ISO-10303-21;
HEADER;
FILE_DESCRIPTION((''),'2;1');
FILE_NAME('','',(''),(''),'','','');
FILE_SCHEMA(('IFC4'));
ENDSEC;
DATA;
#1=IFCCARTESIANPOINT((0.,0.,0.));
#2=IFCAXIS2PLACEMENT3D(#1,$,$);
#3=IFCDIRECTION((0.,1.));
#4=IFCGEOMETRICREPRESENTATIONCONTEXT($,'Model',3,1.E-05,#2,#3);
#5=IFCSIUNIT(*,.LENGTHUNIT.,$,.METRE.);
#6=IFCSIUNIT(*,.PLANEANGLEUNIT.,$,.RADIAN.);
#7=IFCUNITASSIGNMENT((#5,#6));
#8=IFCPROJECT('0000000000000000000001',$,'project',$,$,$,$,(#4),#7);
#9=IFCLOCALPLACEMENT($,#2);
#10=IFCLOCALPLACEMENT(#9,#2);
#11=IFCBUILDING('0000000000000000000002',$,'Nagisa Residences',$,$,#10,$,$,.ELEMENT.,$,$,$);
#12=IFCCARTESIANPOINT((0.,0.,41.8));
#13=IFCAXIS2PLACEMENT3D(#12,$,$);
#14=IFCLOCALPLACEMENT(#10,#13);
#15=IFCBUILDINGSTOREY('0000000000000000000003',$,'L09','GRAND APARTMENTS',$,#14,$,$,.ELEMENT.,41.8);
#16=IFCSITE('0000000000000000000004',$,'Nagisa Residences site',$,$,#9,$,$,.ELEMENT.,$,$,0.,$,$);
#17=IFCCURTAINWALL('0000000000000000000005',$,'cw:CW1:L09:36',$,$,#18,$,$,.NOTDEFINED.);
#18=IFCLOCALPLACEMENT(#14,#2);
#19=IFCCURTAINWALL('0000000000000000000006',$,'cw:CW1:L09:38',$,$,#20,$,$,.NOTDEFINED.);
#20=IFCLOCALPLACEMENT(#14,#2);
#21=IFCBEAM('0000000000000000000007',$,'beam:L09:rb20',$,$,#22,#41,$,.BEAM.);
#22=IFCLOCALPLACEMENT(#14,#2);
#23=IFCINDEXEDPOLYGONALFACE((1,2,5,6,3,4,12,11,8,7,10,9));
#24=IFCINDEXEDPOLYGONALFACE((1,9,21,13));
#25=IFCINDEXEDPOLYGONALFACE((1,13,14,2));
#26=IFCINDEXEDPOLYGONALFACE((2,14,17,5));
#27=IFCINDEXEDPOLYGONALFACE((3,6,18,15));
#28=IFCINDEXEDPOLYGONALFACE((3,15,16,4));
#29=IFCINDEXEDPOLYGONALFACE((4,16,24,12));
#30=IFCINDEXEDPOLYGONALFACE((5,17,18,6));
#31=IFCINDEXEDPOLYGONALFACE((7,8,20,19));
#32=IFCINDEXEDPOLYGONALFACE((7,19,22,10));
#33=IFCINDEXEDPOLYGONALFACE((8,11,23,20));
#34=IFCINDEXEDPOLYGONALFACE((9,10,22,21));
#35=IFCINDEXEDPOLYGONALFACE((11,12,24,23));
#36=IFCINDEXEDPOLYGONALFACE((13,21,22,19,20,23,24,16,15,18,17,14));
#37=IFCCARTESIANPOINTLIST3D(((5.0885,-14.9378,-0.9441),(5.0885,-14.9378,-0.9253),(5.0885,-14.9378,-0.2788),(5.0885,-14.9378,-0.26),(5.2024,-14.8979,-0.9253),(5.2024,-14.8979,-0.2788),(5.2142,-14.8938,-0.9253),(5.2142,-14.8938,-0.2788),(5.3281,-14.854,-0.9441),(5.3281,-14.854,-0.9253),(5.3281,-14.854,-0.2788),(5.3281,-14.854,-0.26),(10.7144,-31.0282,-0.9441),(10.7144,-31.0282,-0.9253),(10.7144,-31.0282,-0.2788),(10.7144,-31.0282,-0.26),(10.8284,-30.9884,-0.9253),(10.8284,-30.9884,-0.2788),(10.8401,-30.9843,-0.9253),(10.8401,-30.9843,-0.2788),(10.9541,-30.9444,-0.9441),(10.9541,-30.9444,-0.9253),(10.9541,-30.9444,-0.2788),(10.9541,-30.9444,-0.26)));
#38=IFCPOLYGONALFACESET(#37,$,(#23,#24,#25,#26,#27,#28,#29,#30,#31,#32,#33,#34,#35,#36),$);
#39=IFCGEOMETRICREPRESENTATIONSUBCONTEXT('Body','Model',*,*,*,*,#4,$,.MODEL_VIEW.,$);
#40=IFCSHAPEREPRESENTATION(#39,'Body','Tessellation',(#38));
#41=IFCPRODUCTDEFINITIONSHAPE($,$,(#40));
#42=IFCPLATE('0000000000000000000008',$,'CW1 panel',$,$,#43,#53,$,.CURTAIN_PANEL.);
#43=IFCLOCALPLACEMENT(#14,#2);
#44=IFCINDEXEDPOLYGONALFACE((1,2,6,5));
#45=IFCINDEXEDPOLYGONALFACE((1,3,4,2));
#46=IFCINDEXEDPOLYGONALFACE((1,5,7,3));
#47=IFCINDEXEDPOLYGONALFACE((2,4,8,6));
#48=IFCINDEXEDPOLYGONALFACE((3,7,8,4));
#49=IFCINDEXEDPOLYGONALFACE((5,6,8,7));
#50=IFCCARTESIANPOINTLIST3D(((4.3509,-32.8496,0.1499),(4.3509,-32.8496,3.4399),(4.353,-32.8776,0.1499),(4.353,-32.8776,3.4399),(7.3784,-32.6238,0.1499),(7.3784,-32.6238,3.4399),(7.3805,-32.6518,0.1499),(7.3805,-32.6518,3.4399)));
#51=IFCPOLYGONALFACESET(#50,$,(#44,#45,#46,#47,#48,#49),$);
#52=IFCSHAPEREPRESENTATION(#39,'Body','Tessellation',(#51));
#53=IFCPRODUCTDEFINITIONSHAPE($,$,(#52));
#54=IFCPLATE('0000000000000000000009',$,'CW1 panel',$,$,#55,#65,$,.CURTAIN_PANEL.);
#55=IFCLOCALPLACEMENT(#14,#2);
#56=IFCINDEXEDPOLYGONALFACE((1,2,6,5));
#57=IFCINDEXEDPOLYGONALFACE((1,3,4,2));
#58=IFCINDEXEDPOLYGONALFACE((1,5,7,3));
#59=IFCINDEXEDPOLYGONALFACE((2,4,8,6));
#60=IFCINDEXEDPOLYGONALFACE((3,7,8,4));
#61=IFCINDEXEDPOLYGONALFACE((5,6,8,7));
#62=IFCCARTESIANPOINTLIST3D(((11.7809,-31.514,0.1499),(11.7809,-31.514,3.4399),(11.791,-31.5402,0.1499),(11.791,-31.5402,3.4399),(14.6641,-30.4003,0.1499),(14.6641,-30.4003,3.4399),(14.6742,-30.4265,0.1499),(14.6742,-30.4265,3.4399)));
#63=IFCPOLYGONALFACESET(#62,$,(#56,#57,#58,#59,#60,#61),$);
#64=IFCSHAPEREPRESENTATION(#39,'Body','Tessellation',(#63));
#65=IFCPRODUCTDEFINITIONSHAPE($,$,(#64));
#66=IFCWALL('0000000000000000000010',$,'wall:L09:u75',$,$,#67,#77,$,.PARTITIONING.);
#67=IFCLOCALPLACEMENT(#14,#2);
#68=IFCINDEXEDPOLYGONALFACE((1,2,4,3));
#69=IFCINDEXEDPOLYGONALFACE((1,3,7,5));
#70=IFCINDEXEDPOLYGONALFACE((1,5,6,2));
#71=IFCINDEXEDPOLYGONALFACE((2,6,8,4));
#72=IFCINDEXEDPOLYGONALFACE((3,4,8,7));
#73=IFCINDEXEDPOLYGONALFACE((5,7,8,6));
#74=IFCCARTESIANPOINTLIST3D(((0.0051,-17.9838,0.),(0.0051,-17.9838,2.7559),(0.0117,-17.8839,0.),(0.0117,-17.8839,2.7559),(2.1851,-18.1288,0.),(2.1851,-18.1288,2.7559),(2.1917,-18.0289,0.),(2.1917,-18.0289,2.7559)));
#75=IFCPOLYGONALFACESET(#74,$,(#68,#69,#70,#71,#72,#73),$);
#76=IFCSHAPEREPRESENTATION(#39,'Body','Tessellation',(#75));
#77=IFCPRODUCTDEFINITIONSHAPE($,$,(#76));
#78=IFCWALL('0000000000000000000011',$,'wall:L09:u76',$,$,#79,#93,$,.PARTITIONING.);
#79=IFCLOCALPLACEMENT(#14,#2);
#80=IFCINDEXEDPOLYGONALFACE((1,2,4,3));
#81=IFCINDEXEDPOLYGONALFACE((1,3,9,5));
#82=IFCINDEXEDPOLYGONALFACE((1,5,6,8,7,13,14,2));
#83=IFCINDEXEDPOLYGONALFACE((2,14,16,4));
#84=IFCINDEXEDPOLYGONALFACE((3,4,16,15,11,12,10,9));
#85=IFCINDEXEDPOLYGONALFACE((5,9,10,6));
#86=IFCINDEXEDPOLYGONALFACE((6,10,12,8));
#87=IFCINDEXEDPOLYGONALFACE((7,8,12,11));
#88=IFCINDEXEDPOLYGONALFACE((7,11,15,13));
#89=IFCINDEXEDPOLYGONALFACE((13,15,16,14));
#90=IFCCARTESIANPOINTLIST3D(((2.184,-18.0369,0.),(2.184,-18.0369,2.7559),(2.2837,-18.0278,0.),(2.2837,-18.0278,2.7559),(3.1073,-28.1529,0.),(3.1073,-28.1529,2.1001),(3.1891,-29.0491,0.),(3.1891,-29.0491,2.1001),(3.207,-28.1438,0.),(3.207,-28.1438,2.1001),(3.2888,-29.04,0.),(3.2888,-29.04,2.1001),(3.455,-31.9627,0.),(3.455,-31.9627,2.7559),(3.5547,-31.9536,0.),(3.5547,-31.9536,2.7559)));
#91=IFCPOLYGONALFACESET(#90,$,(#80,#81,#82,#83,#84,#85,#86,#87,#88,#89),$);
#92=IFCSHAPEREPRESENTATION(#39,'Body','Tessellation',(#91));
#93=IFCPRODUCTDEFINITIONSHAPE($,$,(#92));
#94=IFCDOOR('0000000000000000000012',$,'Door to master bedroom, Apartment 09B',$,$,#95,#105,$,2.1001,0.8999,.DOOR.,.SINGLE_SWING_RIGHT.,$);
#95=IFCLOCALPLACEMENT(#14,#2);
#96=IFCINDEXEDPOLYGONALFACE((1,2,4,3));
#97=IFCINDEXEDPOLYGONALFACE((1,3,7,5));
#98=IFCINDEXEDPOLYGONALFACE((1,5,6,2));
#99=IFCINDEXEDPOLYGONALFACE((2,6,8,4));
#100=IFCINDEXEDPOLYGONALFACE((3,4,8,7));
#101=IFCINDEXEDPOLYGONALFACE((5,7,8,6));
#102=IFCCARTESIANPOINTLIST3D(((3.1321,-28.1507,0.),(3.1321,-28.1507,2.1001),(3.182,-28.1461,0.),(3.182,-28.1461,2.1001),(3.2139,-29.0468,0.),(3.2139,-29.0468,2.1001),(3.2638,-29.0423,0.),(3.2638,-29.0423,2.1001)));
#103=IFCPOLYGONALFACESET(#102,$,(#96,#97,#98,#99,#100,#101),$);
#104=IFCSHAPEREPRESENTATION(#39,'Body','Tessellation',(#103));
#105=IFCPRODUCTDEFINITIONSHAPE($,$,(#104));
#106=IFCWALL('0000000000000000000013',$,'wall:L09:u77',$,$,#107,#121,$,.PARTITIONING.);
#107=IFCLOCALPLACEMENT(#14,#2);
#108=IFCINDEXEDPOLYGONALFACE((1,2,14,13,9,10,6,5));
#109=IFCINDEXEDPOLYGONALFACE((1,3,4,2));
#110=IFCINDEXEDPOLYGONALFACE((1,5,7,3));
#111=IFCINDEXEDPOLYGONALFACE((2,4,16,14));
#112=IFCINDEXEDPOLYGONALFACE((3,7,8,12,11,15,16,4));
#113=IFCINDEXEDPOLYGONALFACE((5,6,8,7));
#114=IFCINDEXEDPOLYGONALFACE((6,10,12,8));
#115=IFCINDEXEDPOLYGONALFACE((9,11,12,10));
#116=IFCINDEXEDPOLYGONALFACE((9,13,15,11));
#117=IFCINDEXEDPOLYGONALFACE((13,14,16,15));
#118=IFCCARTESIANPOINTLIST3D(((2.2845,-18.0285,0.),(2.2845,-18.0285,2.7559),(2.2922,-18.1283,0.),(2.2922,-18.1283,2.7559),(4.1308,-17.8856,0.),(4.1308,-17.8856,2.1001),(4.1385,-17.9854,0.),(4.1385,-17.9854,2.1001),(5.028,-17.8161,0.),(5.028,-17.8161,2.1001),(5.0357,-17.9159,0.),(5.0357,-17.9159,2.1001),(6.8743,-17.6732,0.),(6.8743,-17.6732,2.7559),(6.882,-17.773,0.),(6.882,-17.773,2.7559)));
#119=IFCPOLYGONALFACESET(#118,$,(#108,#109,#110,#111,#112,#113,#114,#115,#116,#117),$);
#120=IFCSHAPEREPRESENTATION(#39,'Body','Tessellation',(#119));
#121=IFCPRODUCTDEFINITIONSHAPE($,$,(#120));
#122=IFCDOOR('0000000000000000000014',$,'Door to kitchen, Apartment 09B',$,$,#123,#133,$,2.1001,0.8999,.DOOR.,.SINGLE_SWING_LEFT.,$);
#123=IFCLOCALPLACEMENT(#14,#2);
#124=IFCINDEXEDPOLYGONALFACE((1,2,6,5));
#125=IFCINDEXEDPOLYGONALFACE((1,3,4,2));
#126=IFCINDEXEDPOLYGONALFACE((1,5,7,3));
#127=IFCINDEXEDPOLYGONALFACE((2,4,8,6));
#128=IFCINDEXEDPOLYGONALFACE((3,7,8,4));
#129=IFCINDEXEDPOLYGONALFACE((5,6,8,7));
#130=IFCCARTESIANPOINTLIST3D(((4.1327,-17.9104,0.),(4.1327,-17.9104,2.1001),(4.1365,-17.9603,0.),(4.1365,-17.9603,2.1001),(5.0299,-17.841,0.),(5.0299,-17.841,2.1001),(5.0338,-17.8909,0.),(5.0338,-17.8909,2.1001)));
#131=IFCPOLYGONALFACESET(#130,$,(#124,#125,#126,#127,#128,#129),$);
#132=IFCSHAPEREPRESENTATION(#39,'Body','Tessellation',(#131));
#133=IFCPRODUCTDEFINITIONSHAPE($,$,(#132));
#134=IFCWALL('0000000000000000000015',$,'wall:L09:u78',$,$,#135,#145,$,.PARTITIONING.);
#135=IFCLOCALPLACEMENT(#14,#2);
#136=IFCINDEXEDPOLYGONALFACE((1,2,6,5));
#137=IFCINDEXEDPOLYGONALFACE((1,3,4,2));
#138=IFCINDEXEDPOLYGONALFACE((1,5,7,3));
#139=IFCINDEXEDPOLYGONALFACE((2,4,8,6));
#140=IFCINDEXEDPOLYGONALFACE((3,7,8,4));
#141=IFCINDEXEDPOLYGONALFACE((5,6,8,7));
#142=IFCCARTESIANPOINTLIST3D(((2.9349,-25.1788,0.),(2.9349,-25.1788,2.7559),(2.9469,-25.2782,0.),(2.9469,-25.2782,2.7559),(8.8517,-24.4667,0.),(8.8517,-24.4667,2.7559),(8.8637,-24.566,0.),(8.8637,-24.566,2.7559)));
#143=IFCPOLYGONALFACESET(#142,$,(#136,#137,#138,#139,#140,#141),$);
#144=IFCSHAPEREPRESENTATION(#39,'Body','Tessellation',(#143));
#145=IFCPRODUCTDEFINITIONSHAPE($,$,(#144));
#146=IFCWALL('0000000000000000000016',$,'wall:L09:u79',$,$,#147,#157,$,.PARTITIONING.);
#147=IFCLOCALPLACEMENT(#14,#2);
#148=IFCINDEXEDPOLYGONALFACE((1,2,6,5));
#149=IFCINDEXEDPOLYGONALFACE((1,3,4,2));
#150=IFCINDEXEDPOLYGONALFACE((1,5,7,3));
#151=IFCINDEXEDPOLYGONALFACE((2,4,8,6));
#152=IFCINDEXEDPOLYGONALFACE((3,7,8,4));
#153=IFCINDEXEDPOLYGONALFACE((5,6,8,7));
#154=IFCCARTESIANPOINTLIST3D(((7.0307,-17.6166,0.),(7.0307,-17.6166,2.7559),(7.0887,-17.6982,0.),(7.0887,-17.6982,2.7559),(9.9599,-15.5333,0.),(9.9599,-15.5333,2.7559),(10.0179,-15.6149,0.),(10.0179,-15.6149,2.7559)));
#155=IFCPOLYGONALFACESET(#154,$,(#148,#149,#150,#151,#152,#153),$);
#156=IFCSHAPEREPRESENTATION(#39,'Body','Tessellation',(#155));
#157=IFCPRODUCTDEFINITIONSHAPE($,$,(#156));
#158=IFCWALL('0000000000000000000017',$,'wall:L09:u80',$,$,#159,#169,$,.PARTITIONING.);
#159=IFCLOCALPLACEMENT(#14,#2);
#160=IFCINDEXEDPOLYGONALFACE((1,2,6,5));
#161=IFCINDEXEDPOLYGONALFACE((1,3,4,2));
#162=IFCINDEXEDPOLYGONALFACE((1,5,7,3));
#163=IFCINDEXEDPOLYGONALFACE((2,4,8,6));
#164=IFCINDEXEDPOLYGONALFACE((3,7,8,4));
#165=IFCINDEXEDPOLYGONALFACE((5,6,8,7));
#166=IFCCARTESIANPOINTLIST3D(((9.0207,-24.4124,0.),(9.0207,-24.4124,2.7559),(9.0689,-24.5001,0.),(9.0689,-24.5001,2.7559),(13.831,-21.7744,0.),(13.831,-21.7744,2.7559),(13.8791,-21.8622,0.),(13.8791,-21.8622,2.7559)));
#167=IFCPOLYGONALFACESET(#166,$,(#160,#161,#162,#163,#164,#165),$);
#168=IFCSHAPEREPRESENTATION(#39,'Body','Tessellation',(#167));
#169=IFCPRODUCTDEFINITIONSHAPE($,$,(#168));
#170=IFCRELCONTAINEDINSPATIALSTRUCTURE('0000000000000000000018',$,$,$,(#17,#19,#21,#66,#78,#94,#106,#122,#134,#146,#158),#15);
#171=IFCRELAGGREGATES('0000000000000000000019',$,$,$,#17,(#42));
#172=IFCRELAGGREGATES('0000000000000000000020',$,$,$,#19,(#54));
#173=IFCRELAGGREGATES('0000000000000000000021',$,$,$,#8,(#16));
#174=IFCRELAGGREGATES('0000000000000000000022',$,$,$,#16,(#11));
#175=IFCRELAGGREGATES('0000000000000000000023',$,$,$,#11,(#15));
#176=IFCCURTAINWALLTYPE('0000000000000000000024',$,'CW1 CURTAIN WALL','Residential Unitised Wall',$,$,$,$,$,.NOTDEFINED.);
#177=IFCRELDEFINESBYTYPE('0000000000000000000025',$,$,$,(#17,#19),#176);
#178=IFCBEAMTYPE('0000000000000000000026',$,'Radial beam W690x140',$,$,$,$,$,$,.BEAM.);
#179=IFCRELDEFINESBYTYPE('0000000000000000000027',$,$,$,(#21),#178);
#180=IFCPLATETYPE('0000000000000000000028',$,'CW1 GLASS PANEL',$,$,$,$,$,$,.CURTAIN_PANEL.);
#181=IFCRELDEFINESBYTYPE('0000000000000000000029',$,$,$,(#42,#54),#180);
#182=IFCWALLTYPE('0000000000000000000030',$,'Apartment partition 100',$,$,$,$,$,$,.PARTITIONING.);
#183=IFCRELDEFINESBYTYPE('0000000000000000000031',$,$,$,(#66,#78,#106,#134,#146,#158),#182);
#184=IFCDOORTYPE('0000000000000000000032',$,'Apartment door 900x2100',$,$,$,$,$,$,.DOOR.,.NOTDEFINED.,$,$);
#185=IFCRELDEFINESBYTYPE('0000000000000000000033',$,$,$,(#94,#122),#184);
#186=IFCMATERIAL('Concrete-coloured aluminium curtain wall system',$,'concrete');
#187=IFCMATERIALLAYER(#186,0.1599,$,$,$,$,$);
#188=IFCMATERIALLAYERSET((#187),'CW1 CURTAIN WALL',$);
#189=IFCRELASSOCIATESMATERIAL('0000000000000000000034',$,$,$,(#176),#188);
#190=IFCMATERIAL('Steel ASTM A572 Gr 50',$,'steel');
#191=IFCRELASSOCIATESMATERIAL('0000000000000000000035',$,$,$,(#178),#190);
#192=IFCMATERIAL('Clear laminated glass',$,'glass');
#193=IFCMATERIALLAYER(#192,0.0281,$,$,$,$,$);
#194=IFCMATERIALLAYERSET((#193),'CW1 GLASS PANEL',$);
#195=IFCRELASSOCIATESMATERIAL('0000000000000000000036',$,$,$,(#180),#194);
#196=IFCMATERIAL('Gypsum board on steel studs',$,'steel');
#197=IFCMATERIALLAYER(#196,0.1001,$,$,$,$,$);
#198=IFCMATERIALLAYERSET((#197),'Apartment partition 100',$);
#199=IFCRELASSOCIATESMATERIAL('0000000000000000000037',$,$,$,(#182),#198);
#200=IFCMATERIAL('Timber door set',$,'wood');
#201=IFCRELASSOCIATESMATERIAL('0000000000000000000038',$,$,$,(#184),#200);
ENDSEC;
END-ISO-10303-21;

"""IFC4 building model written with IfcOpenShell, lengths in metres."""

from ifc_helpers import new_model, si_unit, direction, frame, frame_2d, origin, origin_2d, place, context, subcontext, project, spatial, rectangle, i_section, extrude, material, layer, layer_set, material_profile, profile_set, type_object, element, fill, aggregate, save


model = new_model("IFC4")

# Units and contexts
model_context = context("Model", 3, precision=1e-05, world=origin(), true_north=direction((0.0, 1.0)))
body_context = subcontext(model_context, "Body", "Model", "MODEL_VIEW")
ifc_project = project(units=[si_unit("LENGTHUNIT", "METRE"), si_unit("PLANEANGLEUNIT", "RADIAN")], contexts=[model_context])

# Site, building, storey
site_placement = place(None, origin())
site = spatial("IfcSite", under=ifc_project, at=site_placement, Name="Nagisa Residences site", CompositionType="ELEMENT", RefElevation=0.0)
building_placement = place(site_placement, origin())
building = spatial("IfcBuilding", under=site, at=building_placement, Name="Nagisa Residences", CompositionType="ELEMENT")
storey_placement = place(building_placement, frame((0.0, 0.0, 41.8)))
storey = spatial("IfcBuildingStorey", under=building, at=storey_placement, Name="L09", Description="GRAND APARTMENTS", CompositionType="ELEMENT", Elevation=41.8)

# Curtain walls
ifc_material_1 = material(Name="Concrete-coloured aluminium curtain wall system", Category="concrete")
ifc_layer_1 = layer(ifc_material_1, 0.1599)
ifc_layer_set_1 = layer_set([ifc_layer_1], Name="CW1 CURTAIN WALL")
curtain_wall_type = type_object("IfcCurtainWallType", Name="CW1 CURTAIN WALL", Description="Residential Unitised Wall", PredefinedType="NOTDEFINED", material=ifc_layer_set_1)
curtain_wall_1_placement = place(storey_placement, origin())
curtain_wall_1 = element("IfcCurtainWall", 1, at=curtain_wall_1_placement, inside=storey, type_object=curtain_wall_type, Name="cw:CW1:L09:36", PredefinedType="NOTDEFINED")
curtain_wall_2_placement = place(storey_placement, origin())
curtain_wall_2 = element("IfcCurtainWall", 2, at=curtain_wall_2_placement, inside=storey, type_object=curtain_wall_type, Name="cw:CW1:L09:38", PredefinedType="NOTDEFINED")

# Beam
ifc_material_2 = material(Name="Steel ASTM A572 Gr 50", Category="steel")
ifc_material_profile_1 = material_profile(ifc_material_2, i_section(OverallWidth=0.2539, OverallDepth=0.6841, WebThickness=0.0125, FlangeThickness=0.0188, at=origin_2d()), Name="W690x140")
ifc_profile_set_1 = profile_set([ifc_material_profile_1], Name="Steel ASTM A572 Gr 50")
beam_type_1 = type_object("IfcBeamType", Name="Radial beam W690x140", PredefinedType="BEAM", material=ifc_profile_set_1)
beam_1_placement = place(storey_placement, frame((10.8342, -30.9863, -0.6021), z_axis=(-0.330051, 0.943963, 0.0), x_axis=(-0.943963, -0.330051, 0.0)))
element("IfcBeam", 3, at=beam_1_placement, inside=storey, type_object=beam_type_1, Name="beam:L09:rb20", PredefinedType="BEAM", context=body_context, shape_type="SweptSolid", body=[
    extrude(i_section(OverallWidth=0.2539, OverallDepth=0.6841, WebThickness=0.0125, FlangeThickness=0.0188, at=origin_2d()), origin(), (0.0, 0.0, 1.0), 17.0457),
])

# Plates
ifc_material_3 = material(Name="Clear laminated glass", Category="glass")
ifc_layer_2 = layer(ifc_material_3, 0.0281)
ifc_layer_set_2 = layer_set([ifc_layer_2], Name="CW1 GLASS PANEL")
plate_type = type_object("IfcPlateType", Name="CW1 GLASS PANEL", PredefinedType="CURTAIN_PANEL", material=ifc_layer_set_2)
plate_1_placement = place(storey_placement, frame((5.8657, -32.7507, 0.1499), z_axis=(0.0, 0.0, 1.0), x_axis=(0.99723, 0.074377, 0.0)))
plate_1 = element("IfcPlate", 4, at=plate_1_placement, type_object=plate_type, Name="CW1 panel", PredefinedType="CURTAIN_PANEL", context=body_context, shape_type="SweptSolid", body=[
    extrude(rectangle(XDim=3.0359, YDim=0.0281, at=origin_2d()), origin(), (0.0, 0.0, 1.0), 3.29),
])
aggregate(curtain_wall_1, [plate_1])
plate_2_placement = place(storey_placement, frame((13.2275, -30.9702, 0.1499), z_axis=(0.0, 0.0, 1.0), x_axis=(0.932826, 0.360328, 0.0)))
plate_2 = element("IfcPlate", 5, at=plate_2_placement, type_object=plate_type, Name="CW1 panel", PredefinedType="CURTAIN_PANEL", context=body_context, shape_type="SweptSolid", body=[
    extrude(rectangle(XDim=3.0908, YDim=0.0281, at=origin_2d()), origin(), (0.0, 0.0, 1.0), 3.29),
])
aggregate(curtain_wall_2, [plate_2])

# Wall
ifc_material_4 = material(Name="Gypsum board on steel studs", Category="steel")
ifc_layer_3 = layer(ifc_material_4, 0.1001)
ifc_layer_set_3 = layer_set([ifc_layer_3], Name="Apartment partition 100")
wall_type_1 = type_object("IfcWallType", Name="Apartment partition 100", PredefinedType="PARTITIONING", material=ifc_layer_set_3)
wall_1_placement = place(storey_placement, frame((0.0085, -17.9338, 0.0), z_axis=(0.0, 0.0, 1.0), x_axis=(0.997795, -0.066378, 0.0)))
element("IfcWall", 6, at=wall_1_placement, inside=storey, type_object=wall_type_1, Name="wall:L09:u75", PredefinedType="PARTITIONING", context=body_context, shape_type="SweptSolid", body=[
    extrude(rectangle(XDim=2.1848, YDim=0.1001, at=frame_2d((1.0923, 0.0))), origin(), (0.0, 0.0, 1.0), 2.7559),
])

# Walls, openings, doors
wall_2_placement = place(storey_placement, frame((2.2339, -18.0325, 0.0), z_axis=(0.0, 0.0, 1.0), x_axis=(0.090892, -0.995861, 0.0)))
wall_2 = element("IfcWall", 7, at=wall_2_placement, inside=storey, type_object=wall_type_1, Name="wall:L09:u76", PredefinedType="PARTITIONING", context=body_context, shape_type="SweptSolid", body=[
    extrude(rectangle(XDim=13.9836, YDim=0.1001, at=frame_2d((6.9917, 0.0))), origin(), (0.0, 0.0, 1.0), 2.7559),
])
opening_1_placement = place(wall_2_placement, frame((10.158, 0.0, 0.0)))
opening_1 = element("IfcOpeningElement", 8, at=opening_1_placement, cuts=wall_2, PredefinedType="OPENING", context=body_context, shape_type="SweptSolid", body=[
    extrude(rectangle(XDim=0.8999, YDim=2.1001, at=frame_2d((0.45, 1.05))), frame((0.0, 0.0601, 0.0), z_axis=(0.0, -1.0, 0.0), x_axis=(1.0, 0.0, 0.0)), (0.0, 0.0, 1.0), 0.1201),
])
ifc_material_5 = material(Name="Timber door set", Category="wood")
door_type_1 = type_object("IfcDoorType", Name="Apartment door 900x2100", OperationType="NOTDEFINED", PredefinedType="DOOR", material=ifc_material_5)
door_1_placement = place(opening_1_placement, origin())
door_1 = element("IfcDoor", 9, at=door_1_placement, inside=storey, type_object=door_type_1, Name="Door to master bedroom, Apartment 09B", OperationType="SINGLE_SWING_RIGHT", OverallHeight=2.1001, OverallWidth=0.8999, PredefinedType="DOOR", context=body_context, shape_type="SweptSolid", body=[
    extrude(rectangle(XDim=0.8999, YDim=2.1001, at=frame_2d((0.45, 1.05))), frame((0.0, 0.0249, 0.0), z_axis=(0.0, -1.0, 0.0), x_axis=(1.0, 0.0, 0.0)), (0.0, 0.0, 1.0), 0.05),
])
fill(opening_1, door_1)
wall_3_placement = place(storey_placement, frame((2.2883, -18.0784, 0.0), z_axis=(0.0, 0.0, 1.0), x_axis=(0.997019, 0.077163, 0.0)))
wall_3 = element("IfcWall", 10, at=wall_3_placement, inside=storey, type_object=wall_type_1, Name="wall:L09:u77", PredefinedType="PARTITIONING", context=body_context, shape_type="SweptSolid", body=[
    extrude(rectangle(XDim=4.6035, YDim=0.1001, at=frame_2d((2.3018, 0.0))), origin(), (0.0, 0.0, 1.0), 2.7559),
])
opening_2_placement = place(wall_3_placement, frame((1.8518, 0.0, 0.0)))
opening_2 = element("IfcOpeningElement", 11, at=opening_2_placement, cuts=wall_3, PredefinedType="OPENING", context=body_context, shape_type="SweptSolid", body=[
    extrude(rectangle(XDim=0.8999, YDim=2.1001, at=frame_2d((0.45, 1.05))), frame((0.0, 0.0601, 0.0), z_axis=(0.0, -1.0, 0.0), x_axis=(1.0, 0.0, 0.0)), (0.0, 0.0, 1.0), 0.1201),
])
door_2_placement = place(opening_2_placement, frame((0.8999, 0.0, 0.0), x_axis=(-1.0, 0.0, 0.0)))
door_2 = element("IfcDoor", 12, at=door_2_placement, inside=storey, type_object=door_type_1, Name="Door to kitchen, Apartment 09B", OperationType="SINGLE_SWING_LEFT", OverallHeight=2.1001, OverallWidth=0.8999, PredefinedType="DOOR", context=body_context, shape_type="SweptSolid", body=[
    extrude(rectangle(XDim=0.8999, YDim=2.1001, at=frame_2d((0.45, 1.05))), frame((0.0, 0.0249, 0.0), z_axis=(0.0, -1.0, 0.0), x_axis=(1.0, 0.0, 0.0)), (0.0, 0.0, 1.0), 0.05),
])
fill(opening_2, door_2)

# Walls
wall_4_placement = place(storey_placement, frame((2.9409, -25.2285, 0.0), z_axis=(0.0, 0.0, 1.0), x_axis=(0.992834, 0.119501, 0.0)))
element("IfcWall", 13, at=wall_4_placement, inside=storey, type_object=wall_type_1, Name="wall:L09:u78", PredefinedType="PARTITIONING", context=body_context, shape_type="SweptSolid", body=[
    extrude(rectangle(XDim=5.9595, YDim=0.1001, at=frame_2d((2.9797, 0.0))), origin(), (0.0, 0.0, 1.0), 2.7559),
])
wall_5_placement = place(storey_placement, frame((7.0596, -17.6575, 0.0), z_axis=(0.0, 0.0, 1.0), x_axis=(0.81492, 0.579573, 0.0)))
element("IfcWall", 14, at=wall_5_placement, inside=storey, type_object=wall_type_1, Name="wall:L09:u79", PredefinedType="PARTITIONING", context=body_context, shape_type="SweptSolid", body=[
    extrude(rectangle(XDim=3.5945, YDim=0.1001, at=frame_2d((1.7974, 0.0))), origin(), (0.0, 0.0, 1.0), 2.7559),
])
wall_6_placement = place(storey_placement, frame((9.0447, -24.4563, 0.0), z_axis=(0.0, 0.0, 1.0), x_axis=(0.87681, 0.480837, 0.0)))
element("IfcWall", 15, at=wall_6_placement, inside=storey, type_object=wall_type_1, Name="wall:L09:u80", PredefinedType="PARTITIONING", context=body_context, shape_type="SweptSolid", body=[
    extrude(rectangle(XDim=5.4861, YDim=0.1001, at=frame_2d((2.7432, 0.0))), origin(), (0.0, 0.0, 1.0), 2.7559),
])

save(model, "model.ifc")
